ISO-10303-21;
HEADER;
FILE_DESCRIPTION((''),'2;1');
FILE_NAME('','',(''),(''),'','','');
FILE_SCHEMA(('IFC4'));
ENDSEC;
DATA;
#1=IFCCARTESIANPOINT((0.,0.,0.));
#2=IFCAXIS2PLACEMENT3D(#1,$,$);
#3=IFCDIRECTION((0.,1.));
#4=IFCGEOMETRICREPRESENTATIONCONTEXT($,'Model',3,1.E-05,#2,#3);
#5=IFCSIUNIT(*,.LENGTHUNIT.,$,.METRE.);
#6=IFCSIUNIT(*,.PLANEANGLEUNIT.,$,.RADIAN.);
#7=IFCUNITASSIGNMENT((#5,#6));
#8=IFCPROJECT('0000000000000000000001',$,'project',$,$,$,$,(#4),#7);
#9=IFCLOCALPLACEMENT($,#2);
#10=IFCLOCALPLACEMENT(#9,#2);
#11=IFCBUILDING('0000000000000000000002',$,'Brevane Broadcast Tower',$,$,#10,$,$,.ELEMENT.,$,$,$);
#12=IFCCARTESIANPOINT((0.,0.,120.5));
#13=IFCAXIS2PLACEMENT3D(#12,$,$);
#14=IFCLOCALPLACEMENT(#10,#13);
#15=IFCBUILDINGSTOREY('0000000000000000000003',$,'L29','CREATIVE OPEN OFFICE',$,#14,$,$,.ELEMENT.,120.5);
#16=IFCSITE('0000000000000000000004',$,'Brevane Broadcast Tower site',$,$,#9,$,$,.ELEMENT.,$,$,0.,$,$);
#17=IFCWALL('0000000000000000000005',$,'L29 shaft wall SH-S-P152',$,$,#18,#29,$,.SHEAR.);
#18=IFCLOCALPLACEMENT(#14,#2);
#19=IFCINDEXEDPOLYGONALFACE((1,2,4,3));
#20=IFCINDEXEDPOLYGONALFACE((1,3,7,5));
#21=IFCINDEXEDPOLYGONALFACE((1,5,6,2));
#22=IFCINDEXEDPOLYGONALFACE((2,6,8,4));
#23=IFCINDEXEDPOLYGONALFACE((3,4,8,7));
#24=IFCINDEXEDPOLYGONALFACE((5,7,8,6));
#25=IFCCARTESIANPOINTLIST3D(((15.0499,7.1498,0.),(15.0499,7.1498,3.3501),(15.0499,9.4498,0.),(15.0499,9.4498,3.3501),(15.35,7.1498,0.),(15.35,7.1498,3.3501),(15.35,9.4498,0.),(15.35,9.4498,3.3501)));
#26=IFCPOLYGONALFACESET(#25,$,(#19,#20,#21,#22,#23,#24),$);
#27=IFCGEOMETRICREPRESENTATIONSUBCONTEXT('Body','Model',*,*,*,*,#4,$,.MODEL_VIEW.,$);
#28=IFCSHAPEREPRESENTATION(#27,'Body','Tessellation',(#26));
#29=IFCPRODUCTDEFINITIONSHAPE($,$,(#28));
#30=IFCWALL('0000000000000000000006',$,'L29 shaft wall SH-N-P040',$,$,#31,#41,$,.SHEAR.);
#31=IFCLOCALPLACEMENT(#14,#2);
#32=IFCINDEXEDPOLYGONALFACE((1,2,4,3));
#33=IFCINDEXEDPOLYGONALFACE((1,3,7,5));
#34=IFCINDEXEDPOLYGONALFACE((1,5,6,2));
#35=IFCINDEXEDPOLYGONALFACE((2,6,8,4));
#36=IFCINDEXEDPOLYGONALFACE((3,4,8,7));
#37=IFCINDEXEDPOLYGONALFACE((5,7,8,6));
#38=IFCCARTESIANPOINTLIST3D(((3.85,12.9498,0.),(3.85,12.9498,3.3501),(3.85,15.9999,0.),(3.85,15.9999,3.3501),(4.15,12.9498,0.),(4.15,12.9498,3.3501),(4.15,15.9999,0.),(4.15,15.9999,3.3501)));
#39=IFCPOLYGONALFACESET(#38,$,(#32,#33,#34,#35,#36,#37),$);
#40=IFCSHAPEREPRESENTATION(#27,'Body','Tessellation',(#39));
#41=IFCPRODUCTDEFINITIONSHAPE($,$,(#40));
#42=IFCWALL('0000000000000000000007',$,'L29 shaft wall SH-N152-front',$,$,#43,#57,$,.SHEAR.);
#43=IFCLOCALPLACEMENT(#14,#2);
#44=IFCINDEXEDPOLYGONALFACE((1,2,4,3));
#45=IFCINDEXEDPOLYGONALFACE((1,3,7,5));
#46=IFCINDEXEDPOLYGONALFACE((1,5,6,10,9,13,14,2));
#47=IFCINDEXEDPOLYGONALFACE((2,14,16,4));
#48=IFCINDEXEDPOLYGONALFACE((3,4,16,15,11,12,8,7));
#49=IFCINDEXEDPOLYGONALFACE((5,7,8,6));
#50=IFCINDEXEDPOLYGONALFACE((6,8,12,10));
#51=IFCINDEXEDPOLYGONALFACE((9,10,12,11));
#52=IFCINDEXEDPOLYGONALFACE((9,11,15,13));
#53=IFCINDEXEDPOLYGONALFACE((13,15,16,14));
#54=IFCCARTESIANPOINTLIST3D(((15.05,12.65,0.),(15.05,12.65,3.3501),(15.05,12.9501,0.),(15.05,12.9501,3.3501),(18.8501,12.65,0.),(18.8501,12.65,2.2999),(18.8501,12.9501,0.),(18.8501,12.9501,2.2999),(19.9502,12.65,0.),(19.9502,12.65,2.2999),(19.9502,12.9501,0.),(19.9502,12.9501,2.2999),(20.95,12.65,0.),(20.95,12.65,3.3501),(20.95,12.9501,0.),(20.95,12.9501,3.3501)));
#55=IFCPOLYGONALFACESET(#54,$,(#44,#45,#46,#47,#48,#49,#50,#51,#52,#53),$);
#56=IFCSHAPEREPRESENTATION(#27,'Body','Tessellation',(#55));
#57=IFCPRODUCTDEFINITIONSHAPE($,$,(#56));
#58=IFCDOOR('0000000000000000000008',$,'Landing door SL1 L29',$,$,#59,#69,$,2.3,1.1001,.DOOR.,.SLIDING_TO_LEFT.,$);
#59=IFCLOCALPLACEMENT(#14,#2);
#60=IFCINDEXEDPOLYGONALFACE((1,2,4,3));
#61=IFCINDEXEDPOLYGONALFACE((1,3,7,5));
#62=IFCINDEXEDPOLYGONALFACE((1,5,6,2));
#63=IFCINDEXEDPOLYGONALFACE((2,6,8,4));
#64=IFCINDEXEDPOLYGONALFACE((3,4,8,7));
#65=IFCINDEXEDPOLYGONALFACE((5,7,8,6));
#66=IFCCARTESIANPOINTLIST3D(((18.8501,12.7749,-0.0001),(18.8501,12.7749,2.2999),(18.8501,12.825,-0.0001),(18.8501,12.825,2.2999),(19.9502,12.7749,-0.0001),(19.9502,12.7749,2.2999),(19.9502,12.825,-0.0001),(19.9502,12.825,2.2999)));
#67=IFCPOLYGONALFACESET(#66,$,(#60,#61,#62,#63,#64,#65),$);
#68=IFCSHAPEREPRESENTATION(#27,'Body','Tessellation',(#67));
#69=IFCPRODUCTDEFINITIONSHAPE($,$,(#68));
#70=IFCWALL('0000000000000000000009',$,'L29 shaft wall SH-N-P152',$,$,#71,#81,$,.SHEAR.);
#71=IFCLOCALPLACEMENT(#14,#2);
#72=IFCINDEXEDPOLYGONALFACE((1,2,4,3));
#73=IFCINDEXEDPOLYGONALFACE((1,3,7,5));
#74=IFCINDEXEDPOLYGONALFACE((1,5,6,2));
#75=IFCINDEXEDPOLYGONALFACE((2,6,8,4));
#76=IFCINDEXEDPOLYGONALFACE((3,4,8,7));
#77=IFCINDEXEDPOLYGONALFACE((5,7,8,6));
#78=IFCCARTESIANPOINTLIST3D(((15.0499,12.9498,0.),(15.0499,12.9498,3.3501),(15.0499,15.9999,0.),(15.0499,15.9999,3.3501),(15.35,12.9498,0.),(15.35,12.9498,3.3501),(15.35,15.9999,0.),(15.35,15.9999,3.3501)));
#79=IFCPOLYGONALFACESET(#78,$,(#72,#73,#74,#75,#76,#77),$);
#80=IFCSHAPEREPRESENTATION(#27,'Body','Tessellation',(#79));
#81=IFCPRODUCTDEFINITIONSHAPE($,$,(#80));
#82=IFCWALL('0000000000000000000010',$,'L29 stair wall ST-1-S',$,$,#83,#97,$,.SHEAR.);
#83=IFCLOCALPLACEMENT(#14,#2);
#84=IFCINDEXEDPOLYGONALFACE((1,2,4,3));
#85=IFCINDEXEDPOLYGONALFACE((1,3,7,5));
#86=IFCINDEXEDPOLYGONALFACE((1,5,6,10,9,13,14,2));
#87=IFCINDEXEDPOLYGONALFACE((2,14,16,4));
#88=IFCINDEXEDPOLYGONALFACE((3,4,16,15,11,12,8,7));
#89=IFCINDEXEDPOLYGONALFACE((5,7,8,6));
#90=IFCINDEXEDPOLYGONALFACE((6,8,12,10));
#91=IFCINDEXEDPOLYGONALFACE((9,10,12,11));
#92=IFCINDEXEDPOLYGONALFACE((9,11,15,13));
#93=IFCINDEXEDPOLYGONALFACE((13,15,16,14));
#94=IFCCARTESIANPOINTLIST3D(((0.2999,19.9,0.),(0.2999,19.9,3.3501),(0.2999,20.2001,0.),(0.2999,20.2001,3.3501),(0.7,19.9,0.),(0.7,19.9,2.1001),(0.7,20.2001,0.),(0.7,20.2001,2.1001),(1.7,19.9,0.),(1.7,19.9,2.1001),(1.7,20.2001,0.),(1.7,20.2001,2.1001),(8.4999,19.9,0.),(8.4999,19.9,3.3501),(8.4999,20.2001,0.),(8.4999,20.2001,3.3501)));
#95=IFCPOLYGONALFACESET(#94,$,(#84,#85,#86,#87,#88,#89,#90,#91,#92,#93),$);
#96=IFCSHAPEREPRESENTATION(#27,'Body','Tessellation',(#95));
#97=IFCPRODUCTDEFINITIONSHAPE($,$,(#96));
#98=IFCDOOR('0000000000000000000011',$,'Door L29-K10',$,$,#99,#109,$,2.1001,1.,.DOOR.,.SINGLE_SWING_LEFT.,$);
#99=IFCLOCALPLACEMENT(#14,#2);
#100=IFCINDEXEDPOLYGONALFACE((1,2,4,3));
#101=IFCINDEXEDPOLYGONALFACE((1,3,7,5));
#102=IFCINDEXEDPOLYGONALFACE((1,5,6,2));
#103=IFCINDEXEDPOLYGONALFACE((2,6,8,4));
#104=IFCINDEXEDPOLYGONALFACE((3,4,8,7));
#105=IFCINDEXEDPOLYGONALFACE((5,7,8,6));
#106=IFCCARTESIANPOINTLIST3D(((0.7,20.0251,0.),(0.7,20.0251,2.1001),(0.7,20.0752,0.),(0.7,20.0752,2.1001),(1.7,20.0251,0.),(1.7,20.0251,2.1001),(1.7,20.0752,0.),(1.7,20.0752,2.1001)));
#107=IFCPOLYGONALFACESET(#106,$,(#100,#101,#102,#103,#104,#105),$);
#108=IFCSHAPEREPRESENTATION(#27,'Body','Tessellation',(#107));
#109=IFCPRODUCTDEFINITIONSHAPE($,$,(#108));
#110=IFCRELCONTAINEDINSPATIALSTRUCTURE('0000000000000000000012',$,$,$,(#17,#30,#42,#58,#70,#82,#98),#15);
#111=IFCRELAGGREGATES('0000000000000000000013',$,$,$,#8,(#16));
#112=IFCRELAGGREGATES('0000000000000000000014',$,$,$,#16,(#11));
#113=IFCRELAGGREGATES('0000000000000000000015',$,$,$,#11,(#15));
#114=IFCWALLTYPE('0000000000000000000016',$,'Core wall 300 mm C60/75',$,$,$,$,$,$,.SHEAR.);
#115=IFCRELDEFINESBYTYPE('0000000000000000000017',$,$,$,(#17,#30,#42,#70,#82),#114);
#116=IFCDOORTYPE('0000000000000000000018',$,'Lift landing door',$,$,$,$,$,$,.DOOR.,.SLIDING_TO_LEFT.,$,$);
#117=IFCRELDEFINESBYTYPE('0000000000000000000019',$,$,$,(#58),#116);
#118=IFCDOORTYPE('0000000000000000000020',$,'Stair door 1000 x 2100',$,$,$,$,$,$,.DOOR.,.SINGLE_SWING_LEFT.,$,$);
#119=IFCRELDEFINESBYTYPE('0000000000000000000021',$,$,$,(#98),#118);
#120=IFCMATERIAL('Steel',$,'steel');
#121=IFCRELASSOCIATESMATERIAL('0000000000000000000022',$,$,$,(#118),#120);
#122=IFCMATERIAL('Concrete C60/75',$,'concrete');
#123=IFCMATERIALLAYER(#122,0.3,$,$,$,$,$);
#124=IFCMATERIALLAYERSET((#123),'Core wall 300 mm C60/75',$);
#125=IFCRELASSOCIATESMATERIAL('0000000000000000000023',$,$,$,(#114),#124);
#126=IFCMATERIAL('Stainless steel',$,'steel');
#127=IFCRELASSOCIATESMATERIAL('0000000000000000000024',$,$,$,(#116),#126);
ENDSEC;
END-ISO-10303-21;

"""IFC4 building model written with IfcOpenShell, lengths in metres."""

from ifc_helpers import new_model, si_unit, direction, frame, frame_2d, origin, place, context, subcontext, project, spatial, rectangle, extrude, material, layer, layer_set, type_object, element, fill, save


model = new_model("IFC4")

# Units and contexts
model_context = context("Model", 3, precision=1e-05, world=origin(), true_north=direction((0.0, 1.0)))
body_context = subcontext(model_context, "Body", "Model", "MODEL_VIEW")
ifc_project = project(units=[si_unit("LENGTHUNIT", "METRE"), si_unit("PLANEANGLEUNIT", "RADIAN")], contexts=[model_context])

# Site, building, storey
site_placement = place(None, origin())
site = spatial("IfcSite", under=ifc_project, at=site_placement, Name="Brevane Broadcast Tower site", CompositionType="ELEMENT", RefElevation=0.0)
building_placement = place(site_placement, origin())
building = spatial("IfcBuilding", under=site, at=building_placement, Name="Brevane Broadcast Tower", CompositionType="ELEMENT")
storey_placement = place(building_placement, frame((0.0, 0.0, 120.5)))
storey = spatial("IfcBuildingStorey", under=building, at=storey_placement, Name="L29", Description="CREATIVE OPEN OFFICE", CompositionType="ELEMENT", Elevation=120.5)

# Shared definitions
ifc_material_1 = material(Name="Steel", Category="steel")
door_type_1 = type_object("IfcDoorType", Name="Stair door 1000 x 2100", OperationType="SINGLE_SWING_LEFT", PredefinedType="DOOR", material=ifc_material_1)

# Walls
ifc_material_2 = material(Name="Concrete C60/75", Category="concrete")
ifc_layer_1 = layer(ifc_material_2, 0.3)
ifc_layer_set_1 = layer_set([ifc_layer_1], Name="Core wall 300 mm C60/75")
wall_type_1 = type_object("IfcWallType", Name="Core wall 300 mm C60/75", PredefinedType="SHEAR", material=ifc_layer_set_1)
for number, where, z_axis, x_axis, name in (
    (1, (15.2, 7.1499, 0.0), (0.0, 0.0, 1.0), (0.0, 1.0, 0.0), "L29 shaft wall SH-S-P152"),
):
    element("IfcWall", number, at=place(storey_placement, frame(where, z_axis=z_axis, x_axis=x_axis)), inside=storey, type_object=wall_type_1, Name=name, PredefinedType="SHEAR", context=body_context, shape_type="SweptSolid", body=[
        extrude(rectangle(XDim=2.3, YDim=0.3, at=frame_2d((1.1499, 0.0))), origin(), (0.0, 0.0, 1.0), 3.3501),
    ])
wall_1_placement = place(storey_placement, frame((4.0, 12.95, 0.0), z_axis=(0.0, 0.0, 1.0), x_axis=(0.0, 1.0, 0.0)))
element("IfcWall", 2, at=wall_1_placement, inside=storey, type_object=wall_type_1, Name="L29 shaft wall SH-N-P040", PredefinedType="SHEAR", context=body_context, shape_type="SweptSolid", body=[
    extrude(rectangle(XDim=3.05, YDim=0.3, at=frame_2d((1.5249, 0.0))), origin(), (0.0, 0.0, 1.0), 3.3501),
])

# Wall, opening, door
wall_2_placement = place(storey_placement, frame((15.05, 12.8, 0.0), z_axis=(0.0, 0.0, 1.0), x_axis=(1.0, 0.0, 0.0)))
wall_2 = element("IfcWall", 3, at=wall_2_placement, inside=storey, type_object=wall_type_1, Name="L29 shaft wall SH-N152-front", PredefinedType="SHEAR", context=body_context, shape_type="SweptSolid", body=[
    extrude(rectangle(XDim=5.8999, YDim=0.3, at=frame_2d((2.95, 0.0))), origin(), (0.0, 0.0, 1.0), 3.3501),
])
opening_1_placement = place(wall_2_placement, frame((3.8, 0.0, 0.0)))
opening_1 = element("IfcOpeningElement", 4, at=opening_1_placement, cuts=wall_2, PredefinedType="OPENING", context=body_context, shape_type="SweptSolid", body=[
    extrude(rectangle(XDim=1.1001, YDim=2.3, at=frame_2d((0.55, 1.1499))), frame((0.0, 0.1599, 0.0), z_axis=(0.0, -1.0, 0.0), x_axis=(1.0, 0.0, 0.0)), (0.0, 0.0, 1.0), 0.3201),
])
ifc_material_3 = material(Name="Stainless steel", Category="steel")
door_type_2 = type_object("IfcDoorType", Name="Lift landing door", OperationType="SLIDING_TO_LEFT", PredefinedType="DOOR", material=ifc_material_3)
door_1_placement = place(opening_1_placement, origin())
door_1 = element("IfcDoor", 5, at=door_1_placement, inside=storey, type_object=door_type_2, Name="Landing door SL1 L29", OperationType="SLIDING_TO_LEFT", OverallHeight=2.3, OverallWidth=1.1001, PredefinedType="DOOR", context=body_context, shape_type="SweptSolid", body=[
    extrude(rectangle(XDim=1.1001, YDim=2.3, at=frame_2d((0.55, 1.1499))), frame((0.0, 0.0249, 0.0), z_axis=(0.0, -1.0, 0.0), x_axis=(1.0, 0.0, 0.0)), (0.0, 0.0, 1.0), 0.05),
])
fill(opening_1, door_1)

# Wall
wall_3_placement = place(storey_placement, frame((15.2, 12.95, 0.0), z_axis=(0.0, 0.0, 1.0), x_axis=(0.0, 1.0, 0.0)))
element("IfcWall", 6, at=wall_3_placement, inside=storey, type_object=wall_type_1, Name="L29 shaft wall SH-N-P152", PredefinedType="SHEAR", context=body_context, shape_type="SweptSolid", body=[
    extrude(rectangle(XDim=3.05, YDim=0.3, at=frame_2d((1.5249, 0.0))), origin(), (0.0, 0.0, 1.0), 3.3501),
])

# Wall, opening, door
wall_4_placement = place(storey_placement, frame((8.5, 20.05, 0.0), z_axis=(0.0, 0.0, 1.0), x_axis=(-1.0, 0.0, 0.0)))
wall_4 = element("IfcWall", 7, at=wall_4_placement, inside=storey, type_object=wall_type_1, Name="L29 stair wall ST-1-S", PredefinedType="SHEAR", context=body_context, shape_type="SweptSolid", body=[
    extrude(rectangle(XDim=8.2, YDim=0.3, at=frame_2d((4.1001, 0.0))), origin(), (0.0, 0.0, 1.0), 3.3501),
])
opening_2_placement = place(wall_4_placement, frame((6.8, 0.0, 0.0)))
opening_2 = element("IfcOpeningElement", 8, at=opening_2_placement, cuts=wall_4, PredefinedType="OPENING", context=body_context, shape_type="SweptSolid", body=[
    extrude(rectangle(XDim=1.0, YDim=2.1001, at=frame_2d((0.5, 1.05))), frame((0.0, 0.1599, 0.0), z_axis=(0.0, -1.0, 0.0), x_axis=(1.0, 0.0, 0.0)), (0.0, 0.0, 1.0), 0.3201),
])
door_2_placement = place(opening_2_placement, origin())
door_2 = element("IfcDoor", 9, at=door_2_placement, inside=storey, type_object=door_type_1, Name="Door L29-K10", OperationType="SINGLE_SWING_LEFT", OverallHeight=2.1001, OverallWidth=1.0, PredefinedType="DOOR", context=body_context, shape_type="SweptSolid", body=[
    extrude(rectangle(XDim=1.0, YDim=2.1001, at=frame_2d((0.5, 1.05))), frame((0.0, 0.0249, 0.0), z_axis=(0.0, -1.0, 0.0), x_axis=(1.0, 0.0, 0.0)), (0.0, 0.0, 1.0), 0.05),
])
fill(opening_2, door_2)

save(model, "model.ifc")
